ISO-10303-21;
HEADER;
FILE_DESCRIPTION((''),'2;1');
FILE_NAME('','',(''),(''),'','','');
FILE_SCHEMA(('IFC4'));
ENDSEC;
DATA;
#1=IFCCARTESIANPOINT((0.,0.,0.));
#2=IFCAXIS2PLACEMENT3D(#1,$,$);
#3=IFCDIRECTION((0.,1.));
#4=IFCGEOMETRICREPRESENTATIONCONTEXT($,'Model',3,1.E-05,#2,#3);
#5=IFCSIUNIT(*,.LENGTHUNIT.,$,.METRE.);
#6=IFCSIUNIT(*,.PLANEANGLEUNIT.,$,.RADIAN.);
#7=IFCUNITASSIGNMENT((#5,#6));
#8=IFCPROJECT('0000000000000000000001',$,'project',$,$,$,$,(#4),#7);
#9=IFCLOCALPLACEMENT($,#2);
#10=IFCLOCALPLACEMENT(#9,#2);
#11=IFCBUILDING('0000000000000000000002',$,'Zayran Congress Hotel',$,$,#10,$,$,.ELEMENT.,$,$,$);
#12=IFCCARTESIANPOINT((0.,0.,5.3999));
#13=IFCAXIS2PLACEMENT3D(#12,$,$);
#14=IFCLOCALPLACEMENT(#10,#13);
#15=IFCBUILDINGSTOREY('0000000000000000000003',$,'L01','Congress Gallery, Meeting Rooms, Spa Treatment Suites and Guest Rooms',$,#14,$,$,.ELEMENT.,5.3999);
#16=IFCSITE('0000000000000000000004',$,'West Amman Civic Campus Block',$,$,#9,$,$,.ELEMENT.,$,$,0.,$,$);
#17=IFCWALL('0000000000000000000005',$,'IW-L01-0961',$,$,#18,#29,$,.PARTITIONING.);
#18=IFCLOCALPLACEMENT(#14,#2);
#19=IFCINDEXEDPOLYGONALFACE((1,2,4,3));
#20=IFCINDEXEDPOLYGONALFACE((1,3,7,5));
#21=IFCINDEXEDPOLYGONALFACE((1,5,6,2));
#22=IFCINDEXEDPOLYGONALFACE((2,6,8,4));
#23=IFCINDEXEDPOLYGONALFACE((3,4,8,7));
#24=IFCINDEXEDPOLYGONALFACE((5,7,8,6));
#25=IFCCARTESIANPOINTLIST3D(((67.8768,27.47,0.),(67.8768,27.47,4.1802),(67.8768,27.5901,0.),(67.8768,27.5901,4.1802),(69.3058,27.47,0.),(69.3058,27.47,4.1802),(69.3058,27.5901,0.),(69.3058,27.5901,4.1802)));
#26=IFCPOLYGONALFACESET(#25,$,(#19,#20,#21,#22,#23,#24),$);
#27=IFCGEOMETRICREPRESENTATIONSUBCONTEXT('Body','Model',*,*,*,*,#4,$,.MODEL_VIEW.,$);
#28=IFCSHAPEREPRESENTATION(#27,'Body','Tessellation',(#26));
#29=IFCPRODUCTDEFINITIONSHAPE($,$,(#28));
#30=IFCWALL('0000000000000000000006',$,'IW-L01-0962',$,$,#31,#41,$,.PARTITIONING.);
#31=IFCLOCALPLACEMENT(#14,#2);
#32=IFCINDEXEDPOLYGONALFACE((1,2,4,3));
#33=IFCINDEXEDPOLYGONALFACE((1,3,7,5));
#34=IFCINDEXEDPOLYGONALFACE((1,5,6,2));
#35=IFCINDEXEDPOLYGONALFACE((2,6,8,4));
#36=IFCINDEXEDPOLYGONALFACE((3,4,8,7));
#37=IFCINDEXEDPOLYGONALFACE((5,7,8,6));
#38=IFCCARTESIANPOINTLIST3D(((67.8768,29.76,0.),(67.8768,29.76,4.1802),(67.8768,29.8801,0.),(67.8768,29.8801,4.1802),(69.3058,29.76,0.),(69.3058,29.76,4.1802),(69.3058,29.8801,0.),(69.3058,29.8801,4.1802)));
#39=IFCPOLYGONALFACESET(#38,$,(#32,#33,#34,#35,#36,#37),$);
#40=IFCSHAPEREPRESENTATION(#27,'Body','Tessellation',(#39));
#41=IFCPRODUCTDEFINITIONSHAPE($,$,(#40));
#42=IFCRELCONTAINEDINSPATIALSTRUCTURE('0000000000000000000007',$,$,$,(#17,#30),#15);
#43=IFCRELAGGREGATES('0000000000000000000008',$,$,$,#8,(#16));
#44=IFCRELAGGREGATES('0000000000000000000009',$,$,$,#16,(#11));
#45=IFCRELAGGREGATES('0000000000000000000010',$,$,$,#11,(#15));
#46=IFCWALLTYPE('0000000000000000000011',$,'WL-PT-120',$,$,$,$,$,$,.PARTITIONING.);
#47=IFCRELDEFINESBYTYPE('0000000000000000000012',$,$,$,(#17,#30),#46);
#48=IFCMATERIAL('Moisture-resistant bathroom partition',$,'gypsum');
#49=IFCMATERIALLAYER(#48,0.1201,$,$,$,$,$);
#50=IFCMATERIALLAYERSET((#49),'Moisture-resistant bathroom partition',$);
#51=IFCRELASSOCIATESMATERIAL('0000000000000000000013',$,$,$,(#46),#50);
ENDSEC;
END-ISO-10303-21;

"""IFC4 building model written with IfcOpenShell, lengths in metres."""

from ifc_helpers import new_model, si_unit, direction, frame, frame_2d, origin, place, context, subcontext, project, spatial, rectangle, extrude, material, layer, layer_set, type_object, element, save


model = new_model("IFC4")

# Units and contexts
model_context = context("Model", 3, precision=1e-05, world=origin(), true_north=direction((0.0, 1.0)))
body_context = subcontext(model_context, "Body", "Model", "MODEL_VIEW")
ifc_project = project(units=[si_unit("LENGTHUNIT", "METRE"), si_unit("PLANEANGLEUNIT", "RADIAN")], contexts=[model_context])

# Site, building, storey
site_placement = place(None, origin())
site = spatial("IfcSite", under=ifc_project, at=site_placement, Name="West Amman Civic Campus Block", CompositionType="ELEMENT", RefElevation=0.0)
building_placement = place(site_placement, origin())
building = spatial("IfcBuilding", under=site, at=building_placement, Name="Zayran Congress Hotel", CompositionType="ELEMENT")
storey_placement = place(building_placement, frame((0.0, 0.0, 5.3999)))
storey = spatial("IfcBuildingStorey", under=building, at=storey_placement, Name="L01", Description="Congress Gallery, Meeting Rooms, Spa Treatment Suites and Guest Rooms", CompositionType="ELEMENT", Elevation=5.3999)

# Shared definitions
ifc_material_1 = material(Name="Moisture-resistant bathroom partition", Category="gypsum")
ifc_layer_1 = layer(ifc_material_1, 0.1201)
ifc_layer_set_1 = layer_set([ifc_layer_1], Name="Moisture-resistant bathroom partition")
wall_type_1 = type_object("IfcWallType", Name="WL-PT-120", PredefinedType="PARTITIONING", material=ifc_layer_set_1)

# Walls
for number, where, z_axis, x_axis, name in (
    (1, (67.877, 27.53, 0.0), (0.0, 0.0, 1.0), (1.0, 0.0, 0.0), "IW-L01-0961"),
    (2, (67.877, 29.8201, 0.0), (0.0, 0.0, 1.0), (1.0, 0.0, 0.0), "IW-L01-0962"),
):
    element("IfcWall", number, at=place(storey_placement, frame(where, z_axis=z_axis, x_axis=x_axis)), inside=storey, type_object=wall_type_1, Name=name, PredefinedType="PARTITIONING", context=body_context, shape_type="SweptSolid", body=[
        extrude(rectangle(XDim=1.429, YDim=0.1201, at=frame_2d((0.7144, 0.0))), origin(), (0.0, 0.0, 1.0), 4.1802),
    ])

save(model, "model.ifc")
